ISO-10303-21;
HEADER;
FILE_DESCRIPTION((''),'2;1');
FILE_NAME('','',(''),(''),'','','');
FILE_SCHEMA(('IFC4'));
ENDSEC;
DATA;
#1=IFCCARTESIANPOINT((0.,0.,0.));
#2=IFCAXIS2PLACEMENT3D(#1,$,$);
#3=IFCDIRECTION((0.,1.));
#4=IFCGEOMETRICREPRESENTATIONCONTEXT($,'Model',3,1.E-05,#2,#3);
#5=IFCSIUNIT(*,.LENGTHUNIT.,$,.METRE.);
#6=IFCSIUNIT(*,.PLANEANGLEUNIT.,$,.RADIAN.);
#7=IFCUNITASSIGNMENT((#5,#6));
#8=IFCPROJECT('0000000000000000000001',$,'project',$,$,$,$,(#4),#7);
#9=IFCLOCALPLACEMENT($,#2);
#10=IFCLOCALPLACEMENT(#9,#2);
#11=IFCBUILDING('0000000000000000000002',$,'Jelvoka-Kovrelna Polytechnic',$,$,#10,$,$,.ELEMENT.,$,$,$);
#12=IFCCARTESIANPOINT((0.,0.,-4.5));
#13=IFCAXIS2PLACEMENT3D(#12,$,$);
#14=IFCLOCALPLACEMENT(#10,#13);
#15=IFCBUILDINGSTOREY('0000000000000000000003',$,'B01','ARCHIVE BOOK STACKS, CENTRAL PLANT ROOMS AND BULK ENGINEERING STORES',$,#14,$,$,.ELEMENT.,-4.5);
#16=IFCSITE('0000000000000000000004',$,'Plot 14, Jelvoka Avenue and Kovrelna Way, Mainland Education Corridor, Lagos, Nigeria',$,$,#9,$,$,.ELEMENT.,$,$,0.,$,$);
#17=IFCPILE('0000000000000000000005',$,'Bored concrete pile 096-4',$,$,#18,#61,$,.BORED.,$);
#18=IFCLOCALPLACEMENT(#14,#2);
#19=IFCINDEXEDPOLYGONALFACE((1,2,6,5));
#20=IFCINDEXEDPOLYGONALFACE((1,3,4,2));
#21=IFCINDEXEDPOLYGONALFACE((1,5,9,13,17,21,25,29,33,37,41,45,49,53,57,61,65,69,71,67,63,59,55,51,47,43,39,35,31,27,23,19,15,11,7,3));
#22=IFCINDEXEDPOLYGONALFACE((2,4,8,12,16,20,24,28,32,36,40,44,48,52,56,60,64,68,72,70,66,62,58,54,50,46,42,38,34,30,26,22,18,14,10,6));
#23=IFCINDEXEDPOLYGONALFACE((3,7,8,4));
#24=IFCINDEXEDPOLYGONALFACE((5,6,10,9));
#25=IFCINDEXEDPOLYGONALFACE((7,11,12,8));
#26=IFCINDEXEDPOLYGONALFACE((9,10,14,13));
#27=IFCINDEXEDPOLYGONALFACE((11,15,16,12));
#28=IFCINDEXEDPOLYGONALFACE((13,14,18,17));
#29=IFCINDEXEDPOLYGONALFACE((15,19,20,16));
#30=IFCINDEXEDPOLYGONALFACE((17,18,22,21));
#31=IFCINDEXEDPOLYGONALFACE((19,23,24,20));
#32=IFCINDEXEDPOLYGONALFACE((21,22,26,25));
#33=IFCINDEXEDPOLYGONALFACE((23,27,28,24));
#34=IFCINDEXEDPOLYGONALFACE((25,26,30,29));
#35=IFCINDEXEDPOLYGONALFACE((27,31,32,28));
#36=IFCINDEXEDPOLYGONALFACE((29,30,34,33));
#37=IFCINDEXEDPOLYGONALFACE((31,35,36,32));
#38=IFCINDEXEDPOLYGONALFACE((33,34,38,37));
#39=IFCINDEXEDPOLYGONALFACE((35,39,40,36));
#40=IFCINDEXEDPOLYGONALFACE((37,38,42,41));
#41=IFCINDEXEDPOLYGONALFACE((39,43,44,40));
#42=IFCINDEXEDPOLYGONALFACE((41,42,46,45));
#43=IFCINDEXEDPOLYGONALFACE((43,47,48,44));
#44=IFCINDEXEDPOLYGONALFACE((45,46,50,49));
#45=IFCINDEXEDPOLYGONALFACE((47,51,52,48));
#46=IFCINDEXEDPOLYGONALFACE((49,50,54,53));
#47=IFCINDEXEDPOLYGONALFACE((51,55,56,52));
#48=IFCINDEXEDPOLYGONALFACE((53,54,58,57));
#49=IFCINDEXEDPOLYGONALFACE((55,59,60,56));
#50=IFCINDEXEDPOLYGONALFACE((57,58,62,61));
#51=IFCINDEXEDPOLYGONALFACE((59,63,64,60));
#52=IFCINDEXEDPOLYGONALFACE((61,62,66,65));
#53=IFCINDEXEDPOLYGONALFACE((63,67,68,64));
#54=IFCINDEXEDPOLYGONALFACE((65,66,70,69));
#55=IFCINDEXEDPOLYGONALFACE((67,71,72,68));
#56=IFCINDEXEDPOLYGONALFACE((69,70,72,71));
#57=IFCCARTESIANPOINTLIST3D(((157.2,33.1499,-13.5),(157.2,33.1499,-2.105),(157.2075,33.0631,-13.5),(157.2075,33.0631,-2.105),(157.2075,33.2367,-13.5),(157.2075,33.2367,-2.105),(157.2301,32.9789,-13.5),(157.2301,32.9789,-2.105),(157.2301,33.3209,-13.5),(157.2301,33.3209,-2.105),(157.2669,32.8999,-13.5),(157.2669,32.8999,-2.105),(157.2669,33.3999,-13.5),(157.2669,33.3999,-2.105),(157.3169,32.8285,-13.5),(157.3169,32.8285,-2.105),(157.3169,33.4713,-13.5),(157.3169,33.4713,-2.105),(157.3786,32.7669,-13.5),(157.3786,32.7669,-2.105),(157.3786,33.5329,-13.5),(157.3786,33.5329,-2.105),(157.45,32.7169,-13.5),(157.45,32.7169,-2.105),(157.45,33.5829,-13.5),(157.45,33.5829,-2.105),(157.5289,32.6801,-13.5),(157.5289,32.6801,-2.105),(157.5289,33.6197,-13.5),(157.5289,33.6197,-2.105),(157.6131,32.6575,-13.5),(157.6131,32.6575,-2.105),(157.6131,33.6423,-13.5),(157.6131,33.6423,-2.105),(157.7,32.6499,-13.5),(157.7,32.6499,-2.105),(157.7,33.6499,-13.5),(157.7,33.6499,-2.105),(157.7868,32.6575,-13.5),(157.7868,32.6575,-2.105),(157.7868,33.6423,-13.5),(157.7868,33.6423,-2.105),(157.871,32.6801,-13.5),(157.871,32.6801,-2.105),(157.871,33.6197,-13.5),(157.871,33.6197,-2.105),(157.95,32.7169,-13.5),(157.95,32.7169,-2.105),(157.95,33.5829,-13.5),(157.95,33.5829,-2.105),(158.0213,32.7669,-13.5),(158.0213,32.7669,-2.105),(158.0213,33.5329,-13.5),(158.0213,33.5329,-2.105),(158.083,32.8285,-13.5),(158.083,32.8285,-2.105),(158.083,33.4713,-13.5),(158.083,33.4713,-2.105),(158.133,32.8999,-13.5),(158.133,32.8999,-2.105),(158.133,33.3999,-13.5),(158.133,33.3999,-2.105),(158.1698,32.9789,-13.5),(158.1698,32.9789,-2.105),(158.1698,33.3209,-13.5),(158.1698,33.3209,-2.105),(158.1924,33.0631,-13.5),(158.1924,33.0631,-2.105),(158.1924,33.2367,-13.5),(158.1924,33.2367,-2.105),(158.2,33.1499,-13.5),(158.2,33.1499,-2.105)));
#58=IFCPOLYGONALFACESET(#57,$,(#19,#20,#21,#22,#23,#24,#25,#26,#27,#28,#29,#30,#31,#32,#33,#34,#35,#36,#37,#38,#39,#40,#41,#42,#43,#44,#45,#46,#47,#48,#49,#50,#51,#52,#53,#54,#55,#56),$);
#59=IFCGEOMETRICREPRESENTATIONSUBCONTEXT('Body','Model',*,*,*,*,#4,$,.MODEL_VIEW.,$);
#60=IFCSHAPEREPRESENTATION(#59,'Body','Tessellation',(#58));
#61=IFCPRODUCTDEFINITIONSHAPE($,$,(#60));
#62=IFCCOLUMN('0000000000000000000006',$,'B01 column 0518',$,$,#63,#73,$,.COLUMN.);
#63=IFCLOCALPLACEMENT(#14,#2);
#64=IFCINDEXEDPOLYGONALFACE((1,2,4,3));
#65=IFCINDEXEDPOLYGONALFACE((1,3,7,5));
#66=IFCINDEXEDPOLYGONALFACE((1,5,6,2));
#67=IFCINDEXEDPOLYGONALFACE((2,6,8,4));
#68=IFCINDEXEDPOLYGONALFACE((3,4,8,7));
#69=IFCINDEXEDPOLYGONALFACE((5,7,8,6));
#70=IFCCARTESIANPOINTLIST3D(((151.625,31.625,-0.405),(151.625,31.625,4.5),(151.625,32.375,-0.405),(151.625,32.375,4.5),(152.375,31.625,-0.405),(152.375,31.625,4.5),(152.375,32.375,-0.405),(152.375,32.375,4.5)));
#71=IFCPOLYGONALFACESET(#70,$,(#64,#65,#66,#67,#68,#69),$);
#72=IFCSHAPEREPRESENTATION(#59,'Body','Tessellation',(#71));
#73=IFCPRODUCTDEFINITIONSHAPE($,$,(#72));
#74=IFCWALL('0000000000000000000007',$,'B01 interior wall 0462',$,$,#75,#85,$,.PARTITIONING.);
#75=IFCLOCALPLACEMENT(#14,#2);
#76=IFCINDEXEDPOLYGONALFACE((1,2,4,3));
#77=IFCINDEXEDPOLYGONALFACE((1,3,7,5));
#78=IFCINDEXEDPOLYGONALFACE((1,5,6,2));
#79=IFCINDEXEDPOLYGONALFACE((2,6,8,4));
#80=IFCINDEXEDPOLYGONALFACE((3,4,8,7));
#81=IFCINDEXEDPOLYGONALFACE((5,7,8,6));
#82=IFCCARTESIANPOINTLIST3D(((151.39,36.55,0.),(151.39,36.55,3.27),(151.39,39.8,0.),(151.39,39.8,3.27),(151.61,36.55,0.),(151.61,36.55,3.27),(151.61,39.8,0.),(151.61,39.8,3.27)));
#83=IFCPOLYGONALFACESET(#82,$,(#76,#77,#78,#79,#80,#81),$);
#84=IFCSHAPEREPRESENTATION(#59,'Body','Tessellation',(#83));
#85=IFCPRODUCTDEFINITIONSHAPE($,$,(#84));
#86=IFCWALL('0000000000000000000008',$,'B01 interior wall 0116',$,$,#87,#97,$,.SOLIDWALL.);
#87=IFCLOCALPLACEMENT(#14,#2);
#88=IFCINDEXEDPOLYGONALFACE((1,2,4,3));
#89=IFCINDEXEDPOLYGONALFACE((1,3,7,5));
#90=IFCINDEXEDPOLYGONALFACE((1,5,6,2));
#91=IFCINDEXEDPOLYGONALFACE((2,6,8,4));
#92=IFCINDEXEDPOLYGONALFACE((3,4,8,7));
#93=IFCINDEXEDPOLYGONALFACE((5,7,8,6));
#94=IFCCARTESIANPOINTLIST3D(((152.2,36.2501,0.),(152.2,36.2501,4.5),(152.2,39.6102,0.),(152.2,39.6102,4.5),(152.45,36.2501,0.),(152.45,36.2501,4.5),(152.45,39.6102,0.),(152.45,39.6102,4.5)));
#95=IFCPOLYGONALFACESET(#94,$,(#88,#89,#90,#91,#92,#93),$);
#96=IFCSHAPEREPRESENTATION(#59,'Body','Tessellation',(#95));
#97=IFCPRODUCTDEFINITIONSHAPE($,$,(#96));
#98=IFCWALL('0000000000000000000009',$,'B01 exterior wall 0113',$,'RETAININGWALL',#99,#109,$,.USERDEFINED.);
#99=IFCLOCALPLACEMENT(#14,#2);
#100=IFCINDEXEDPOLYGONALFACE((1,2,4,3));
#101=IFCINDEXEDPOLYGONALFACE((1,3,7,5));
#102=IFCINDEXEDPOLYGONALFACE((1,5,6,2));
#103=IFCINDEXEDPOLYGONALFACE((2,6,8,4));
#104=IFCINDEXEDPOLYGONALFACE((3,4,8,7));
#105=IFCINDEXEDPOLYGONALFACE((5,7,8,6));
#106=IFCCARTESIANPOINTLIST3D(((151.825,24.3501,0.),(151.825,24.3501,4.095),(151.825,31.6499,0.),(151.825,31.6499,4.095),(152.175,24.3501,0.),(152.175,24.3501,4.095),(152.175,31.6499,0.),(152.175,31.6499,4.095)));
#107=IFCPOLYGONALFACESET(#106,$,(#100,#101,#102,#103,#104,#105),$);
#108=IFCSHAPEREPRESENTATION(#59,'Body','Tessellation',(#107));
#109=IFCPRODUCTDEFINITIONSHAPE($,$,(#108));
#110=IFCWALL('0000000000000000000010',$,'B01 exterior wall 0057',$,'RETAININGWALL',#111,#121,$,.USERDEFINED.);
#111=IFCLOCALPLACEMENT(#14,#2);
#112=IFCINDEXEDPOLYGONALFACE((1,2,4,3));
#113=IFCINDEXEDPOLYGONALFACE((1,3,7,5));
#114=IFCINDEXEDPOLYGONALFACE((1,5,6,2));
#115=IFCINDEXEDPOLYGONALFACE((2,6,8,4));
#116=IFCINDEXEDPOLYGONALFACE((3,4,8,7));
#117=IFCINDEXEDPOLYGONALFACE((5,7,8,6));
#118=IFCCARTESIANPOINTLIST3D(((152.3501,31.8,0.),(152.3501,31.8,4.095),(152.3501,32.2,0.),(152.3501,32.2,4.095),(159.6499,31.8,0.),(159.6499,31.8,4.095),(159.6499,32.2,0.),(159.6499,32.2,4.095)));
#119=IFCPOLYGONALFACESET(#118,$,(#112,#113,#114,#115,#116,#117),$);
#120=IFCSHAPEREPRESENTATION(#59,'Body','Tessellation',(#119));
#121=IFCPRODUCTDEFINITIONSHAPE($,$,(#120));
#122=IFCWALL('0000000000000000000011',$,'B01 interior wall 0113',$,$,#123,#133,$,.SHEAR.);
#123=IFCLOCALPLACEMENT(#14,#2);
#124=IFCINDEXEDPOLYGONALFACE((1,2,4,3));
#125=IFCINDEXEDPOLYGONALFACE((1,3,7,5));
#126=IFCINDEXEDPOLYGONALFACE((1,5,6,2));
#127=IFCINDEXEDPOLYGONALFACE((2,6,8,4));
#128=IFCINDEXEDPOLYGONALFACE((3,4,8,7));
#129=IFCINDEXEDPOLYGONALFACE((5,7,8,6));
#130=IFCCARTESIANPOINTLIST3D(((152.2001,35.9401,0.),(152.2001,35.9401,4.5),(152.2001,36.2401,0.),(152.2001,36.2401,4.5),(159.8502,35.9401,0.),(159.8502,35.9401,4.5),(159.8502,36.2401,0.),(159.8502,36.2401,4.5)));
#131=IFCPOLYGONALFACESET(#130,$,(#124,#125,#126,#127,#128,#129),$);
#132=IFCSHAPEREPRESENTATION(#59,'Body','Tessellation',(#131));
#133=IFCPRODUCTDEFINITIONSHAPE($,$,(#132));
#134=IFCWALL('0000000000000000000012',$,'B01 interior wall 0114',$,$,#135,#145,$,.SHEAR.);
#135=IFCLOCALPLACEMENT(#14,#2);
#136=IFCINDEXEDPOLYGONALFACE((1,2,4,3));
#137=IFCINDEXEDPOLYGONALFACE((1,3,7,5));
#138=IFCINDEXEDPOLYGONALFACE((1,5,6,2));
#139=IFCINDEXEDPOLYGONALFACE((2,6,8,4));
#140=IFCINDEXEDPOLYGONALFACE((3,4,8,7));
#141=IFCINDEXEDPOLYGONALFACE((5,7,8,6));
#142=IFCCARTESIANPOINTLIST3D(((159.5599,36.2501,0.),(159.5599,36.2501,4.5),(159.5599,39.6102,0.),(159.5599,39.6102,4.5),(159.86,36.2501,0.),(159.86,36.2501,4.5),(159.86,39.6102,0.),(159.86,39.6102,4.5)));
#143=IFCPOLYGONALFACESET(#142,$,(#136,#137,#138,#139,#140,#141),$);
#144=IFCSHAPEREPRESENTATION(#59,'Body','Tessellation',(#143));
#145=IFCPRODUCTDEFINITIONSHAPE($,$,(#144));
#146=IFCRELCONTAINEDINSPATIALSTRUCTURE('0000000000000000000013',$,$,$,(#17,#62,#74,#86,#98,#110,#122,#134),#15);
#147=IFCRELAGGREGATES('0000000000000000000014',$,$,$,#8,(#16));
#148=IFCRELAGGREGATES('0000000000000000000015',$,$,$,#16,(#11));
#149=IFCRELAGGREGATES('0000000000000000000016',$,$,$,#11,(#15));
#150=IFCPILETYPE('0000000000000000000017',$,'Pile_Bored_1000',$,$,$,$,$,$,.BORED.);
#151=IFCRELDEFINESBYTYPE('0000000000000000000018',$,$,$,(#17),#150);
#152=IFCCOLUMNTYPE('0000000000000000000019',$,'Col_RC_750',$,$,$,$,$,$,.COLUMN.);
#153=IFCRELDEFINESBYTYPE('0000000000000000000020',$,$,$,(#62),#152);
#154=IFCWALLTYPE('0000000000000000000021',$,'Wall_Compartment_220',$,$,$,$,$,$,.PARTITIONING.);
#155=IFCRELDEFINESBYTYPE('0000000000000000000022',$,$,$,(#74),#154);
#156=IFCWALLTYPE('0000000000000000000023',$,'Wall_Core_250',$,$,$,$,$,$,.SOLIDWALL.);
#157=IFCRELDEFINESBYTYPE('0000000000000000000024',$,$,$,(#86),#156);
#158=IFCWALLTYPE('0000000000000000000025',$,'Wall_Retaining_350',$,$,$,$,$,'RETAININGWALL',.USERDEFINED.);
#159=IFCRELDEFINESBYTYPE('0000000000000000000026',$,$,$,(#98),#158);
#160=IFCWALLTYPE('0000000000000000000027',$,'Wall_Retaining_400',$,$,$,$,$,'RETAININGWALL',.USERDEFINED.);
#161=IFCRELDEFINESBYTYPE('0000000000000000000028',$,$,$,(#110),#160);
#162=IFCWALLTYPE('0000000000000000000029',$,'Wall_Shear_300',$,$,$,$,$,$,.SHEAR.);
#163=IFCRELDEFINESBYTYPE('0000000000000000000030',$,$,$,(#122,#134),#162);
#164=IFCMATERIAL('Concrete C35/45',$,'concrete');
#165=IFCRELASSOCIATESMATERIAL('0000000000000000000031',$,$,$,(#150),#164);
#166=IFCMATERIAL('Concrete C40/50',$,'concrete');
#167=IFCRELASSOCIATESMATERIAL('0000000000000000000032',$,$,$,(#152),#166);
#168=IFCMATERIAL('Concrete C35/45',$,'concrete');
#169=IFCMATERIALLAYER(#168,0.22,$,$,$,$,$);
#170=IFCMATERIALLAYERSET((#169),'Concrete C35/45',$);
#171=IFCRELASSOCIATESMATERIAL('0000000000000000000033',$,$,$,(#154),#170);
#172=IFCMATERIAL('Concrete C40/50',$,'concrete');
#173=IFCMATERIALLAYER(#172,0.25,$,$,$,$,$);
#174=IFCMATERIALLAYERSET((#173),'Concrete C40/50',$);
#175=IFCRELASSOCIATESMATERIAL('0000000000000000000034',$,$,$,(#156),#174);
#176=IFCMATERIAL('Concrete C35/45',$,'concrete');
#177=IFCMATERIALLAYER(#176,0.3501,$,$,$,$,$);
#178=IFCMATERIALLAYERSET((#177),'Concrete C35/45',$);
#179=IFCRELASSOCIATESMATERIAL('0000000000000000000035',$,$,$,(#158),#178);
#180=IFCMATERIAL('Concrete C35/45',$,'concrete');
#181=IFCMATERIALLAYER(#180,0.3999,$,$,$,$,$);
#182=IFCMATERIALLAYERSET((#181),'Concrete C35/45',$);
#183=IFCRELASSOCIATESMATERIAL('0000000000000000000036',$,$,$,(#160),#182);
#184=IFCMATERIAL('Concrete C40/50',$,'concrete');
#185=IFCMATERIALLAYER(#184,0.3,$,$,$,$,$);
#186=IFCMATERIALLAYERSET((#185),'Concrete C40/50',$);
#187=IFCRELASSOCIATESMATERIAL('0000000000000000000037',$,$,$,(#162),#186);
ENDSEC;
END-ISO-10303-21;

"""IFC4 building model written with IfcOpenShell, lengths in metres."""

from ifc_helpers import new_model, si_unit, direction, frame, frame_2d, origin, origin_2d, place, context, subcontext, project, spatial, rectangle, circle, extrude, material, layer, layer_set, material_profile, profile_set, type_object, element, save


model = new_model("IFC4")

# Units and contexts
model_context = context("Model", 3, precision=1e-05, world=origin(), true_north=direction((0.0, 1.0)))
body_context = subcontext(model_context, "Body", "Model", "MODEL_VIEW")
ifc_project = project(units=[si_unit("LENGTHUNIT", "METRE"), si_unit("PLANEANGLEUNIT", "RADIAN")], contexts=[model_context])

# Site, building, storey
site_placement = place(None, origin())
site = spatial("IfcSite", under=ifc_project, at=site_placement, Name="Plot 14, Jelvoka Avenue and Kovrelna Way, Mainland Education Corridor, Lagos, Nigeria", CompositionType="ELEMENT", RefElevation=0.0)
building_placement = place(site_placement, origin())
building = spatial("IfcBuilding", under=site, at=building_placement, Name="Jelvoka-Kovrelna Polytechnic", CompositionType="ELEMENT")
storey_placement = place(building_placement, frame((0.0, 0.0, -4.5)))
storey = spatial("IfcBuildingStorey", under=building, at=storey_placement, Name="B01", Description="ARCHIVE BOOK STACKS, CENTRAL PLANT ROOMS AND BULK ENGINEERING STORES", CompositionType="ELEMENT", Elevation=-4.5)

# Pile
ifc_material_1 = material(Name="Concrete C35/45", Category="concrete")
ifc_material_profile_1 = material_profile(ifc_material_1, circle(Radius=0.5, at=origin_2d()), Name="PILE D1000")
ifc_profile_set_1 = profile_set([ifc_material_profile_1], Name="Concrete C35/45")
pile_type = type_object("IfcPileType", Name="Pile_Bored_1000", PredefinedType="BORED", material=ifc_profile_set_1)
for number, where, z_axis, x_axis, name in (
    (1, (157.7, 33.1499, -2.105), (0.0, 0.0, -1.0), (1.0, 0.0, 0.0), "Bored concrete pile 096-4"),
):
    element("IfcPile", number, at=place(storey_placement, frame(where, z_axis=z_axis, x_axis=x_axis)), inside=storey, type_object=pile_type, Name=name, PredefinedType="BORED", context=body_context, shape_type="SweptSolid", body=[
        extrude(circle(Radius=0.5, at=origin_2d()), origin(), (0.0, 0.0, 1.0), 11.395),
    ])

# Column
ifc_material_2 = material(Name="Concrete C40/50", Category="concrete")
ifc_material_profile_2 = material_profile(ifc_material_2, rectangle(XDim=0.75, YDim=0.75, at=origin_2d()), Name="RC 750x750")
ifc_profile_set_2 = profile_set([ifc_material_profile_2], Name="Concrete C40/50")
column_type = type_object("IfcColumnType", Name="Col_RC_750", PredefinedType="COLUMN", material=ifc_profile_set_2)
column_placement = place(storey_placement, frame((152.0, 32.0, -0.405), z_axis=(0.0, 0.0, 1.0), x_axis=(1.0, 0.0, 0.0)))
element("IfcColumn", 2, at=column_placement, inside=storey, type_object=column_type, Name="B01 column 0518", PredefinedType="COLUMN", context=body_context, shape_type="SweptSolid", body=[
    extrude(rectangle(XDim=0.75, YDim=0.75, at=origin_2d()), origin(), (0.0, 0.0, 1.0), 4.905),
])

# Walls
ifc_material_3 = material(Name="Concrete C35/45", Category="concrete")
ifc_layer_1 = layer(ifc_material_3, 0.22)
ifc_layer_set_1 = layer_set([ifc_layer_1], Name="Concrete C35/45")
wall_type_1 = type_object("IfcWallType", Name="Wall_Compartment_220", PredefinedType="PARTITIONING", material=ifc_layer_set_1)
wall_1_placement = place(storey_placement, frame((151.5, 36.55, 0.0), z_axis=(0.0, 0.0, 1.0), x_axis=(0.0, 1.0, 0.0)))
element("IfcWall", 3, at=wall_1_placement, inside=storey, type_object=wall_type_1, Name="B01 interior wall 0462", PredefinedType="PARTITIONING", context=body_context, shape_type="SweptSolid", body=[
    extrude(rectangle(XDim=3.25, YDim=0.22, at=frame_2d((1.625, 0.0))), origin(), (0.0, 0.0, 1.0), 3.27),
])
ifc_material_4 = material(Name="Concrete C40/50", Category="concrete")
ifc_layer_2 = layer(ifc_material_4, 0.25)
ifc_layer_set_2 = layer_set([ifc_layer_2], Name="Concrete C40/50")
wall_type_2 = type_object("IfcWallType", Name="Wall_Core_250", PredefinedType="SOLIDWALL", material=ifc_layer_set_2)
wall_2_placement = place(storey_placement, frame((152.325, 36.25, 0.0), z_axis=(0.0, 0.0, 1.0), x_axis=(0.0, 1.0, 0.0)))
element("IfcWall", 4, at=wall_2_placement, inside=storey, type_object=wall_type_2, Name="B01 interior wall 0116", PredefinedType="SOLIDWALL", context=body_context, shape_type="SweptSolid", body=[
    extrude(rectangle(XDim=3.3601, YDim=0.25, at=frame_2d((1.6802, 0.0))), origin(), (0.0, 0.0, 1.0), 4.5),
])
ifc_material_5 = material(Name="Concrete C35/45", Category="concrete")
ifc_layer_3 = layer(ifc_material_5, 0.3501)
ifc_layer_set_3 = layer_set([ifc_layer_3], Name="Concrete C35/45")
wall_type_3 = type_object("IfcWallType", Name="Wall_Retaining_350", ElementType="RETAININGWALL", PredefinedType="USERDEFINED", material=ifc_layer_set_3)
wall_3_placement = place(storey_placement, frame((152.0, 31.6499, 0.0), z_axis=(0.0, 0.0, 1.0), x_axis=(0.0, -1.0, 0.0)))
element("IfcWall", 5, at=wall_3_placement, inside=storey, type_object=wall_type_3, Name="B01 exterior wall 0113", ObjectType="RETAININGWALL", PredefinedType="USERDEFINED", context=body_context, shape_type="SweptSolid", body=[
    extrude(rectangle(XDim=7.2998, YDim=0.3501, at=frame_2d((3.6499, 0.0))), origin(), (0.0, 0.0, 1.0), 4.095),
])
ifc_material_6 = material(Name="Concrete C35/45", Category="concrete")
ifc_layer_4 = layer(ifc_material_6, 0.3999)
ifc_layer_set_4 = layer_set([ifc_layer_4], Name="Concrete C35/45")
wall_type_4 = type_object("IfcWallType", Name="Wall_Retaining_400", ElementType="RETAININGWALL", PredefinedType="USERDEFINED", material=ifc_layer_set_4)
wall_4_placement = place(storey_placement, frame((159.6499, 32.0, 0.0), z_axis=(0.0, 0.0, 1.0), x_axis=(-1.0, 0.0, 0.0)))
element("IfcWall", 6, at=wall_4_placement, inside=storey, type_object=wall_type_4, Name="B01 exterior wall 0057", ObjectType="RETAININGWALL", PredefinedType="USERDEFINED", context=body_context, shape_type="SweptSolid", body=[
    extrude(rectangle(XDim=7.2998, YDim=0.3999, at=frame_2d((3.6499, 0.0))), origin(), (0.0, 0.0, 1.0), 4.095),
])
ifc_material_7 = material(Name="Concrete C40/50", Category="concrete")
ifc_layer_5 = layer(ifc_material_7, 0.3)
ifc_layer_set_5 = layer_set([ifc_layer_5], Name="Concrete C40/50")
wall_type_5 = type_object("IfcWallType", Name="Wall_Shear_300", PredefinedType="SHEAR", material=ifc_layer_set_5)
wall_5_placement = place(storey_placement, frame((152.2, 36.0901, 0.0), z_axis=(0.0, 0.0, 1.0), x_axis=(1.0, 0.0, 0.0)))
element("IfcWall", 7, at=wall_5_placement, inside=storey, type_object=wall_type_5, Name="B01 interior wall 0113", PredefinedType="SHEAR", context=body_context, shape_type="SweptSolid", body=[
    extrude(rectangle(XDim=7.6501, YDim=0.3, at=frame_2d((3.8252, 0.0))), origin(), (0.0, 0.0, 1.0), 4.5),
])
wall_6_placement = place(storey_placement, frame((159.71, 36.25, 0.0), z_axis=(0.0, 0.0, 1.0), x_axis=(0.0, 1.0, 0.0)))
element("IfcWall", 8, at=wall_6_placement, inside=storey, type_object=wall_type_5, Name="B01 interior wall 0114", PredefinedType="SHEAR", context=body_context, shape_type="SweptSolid", body=[
    extrude(rectangle(XDim=3.3601, YDim=0.3, at=frame_2d((1.6802, 0.0))), origin(), (0.0, 0.0, 1.0), 4.5),
])

save(model, "model.ifc")
